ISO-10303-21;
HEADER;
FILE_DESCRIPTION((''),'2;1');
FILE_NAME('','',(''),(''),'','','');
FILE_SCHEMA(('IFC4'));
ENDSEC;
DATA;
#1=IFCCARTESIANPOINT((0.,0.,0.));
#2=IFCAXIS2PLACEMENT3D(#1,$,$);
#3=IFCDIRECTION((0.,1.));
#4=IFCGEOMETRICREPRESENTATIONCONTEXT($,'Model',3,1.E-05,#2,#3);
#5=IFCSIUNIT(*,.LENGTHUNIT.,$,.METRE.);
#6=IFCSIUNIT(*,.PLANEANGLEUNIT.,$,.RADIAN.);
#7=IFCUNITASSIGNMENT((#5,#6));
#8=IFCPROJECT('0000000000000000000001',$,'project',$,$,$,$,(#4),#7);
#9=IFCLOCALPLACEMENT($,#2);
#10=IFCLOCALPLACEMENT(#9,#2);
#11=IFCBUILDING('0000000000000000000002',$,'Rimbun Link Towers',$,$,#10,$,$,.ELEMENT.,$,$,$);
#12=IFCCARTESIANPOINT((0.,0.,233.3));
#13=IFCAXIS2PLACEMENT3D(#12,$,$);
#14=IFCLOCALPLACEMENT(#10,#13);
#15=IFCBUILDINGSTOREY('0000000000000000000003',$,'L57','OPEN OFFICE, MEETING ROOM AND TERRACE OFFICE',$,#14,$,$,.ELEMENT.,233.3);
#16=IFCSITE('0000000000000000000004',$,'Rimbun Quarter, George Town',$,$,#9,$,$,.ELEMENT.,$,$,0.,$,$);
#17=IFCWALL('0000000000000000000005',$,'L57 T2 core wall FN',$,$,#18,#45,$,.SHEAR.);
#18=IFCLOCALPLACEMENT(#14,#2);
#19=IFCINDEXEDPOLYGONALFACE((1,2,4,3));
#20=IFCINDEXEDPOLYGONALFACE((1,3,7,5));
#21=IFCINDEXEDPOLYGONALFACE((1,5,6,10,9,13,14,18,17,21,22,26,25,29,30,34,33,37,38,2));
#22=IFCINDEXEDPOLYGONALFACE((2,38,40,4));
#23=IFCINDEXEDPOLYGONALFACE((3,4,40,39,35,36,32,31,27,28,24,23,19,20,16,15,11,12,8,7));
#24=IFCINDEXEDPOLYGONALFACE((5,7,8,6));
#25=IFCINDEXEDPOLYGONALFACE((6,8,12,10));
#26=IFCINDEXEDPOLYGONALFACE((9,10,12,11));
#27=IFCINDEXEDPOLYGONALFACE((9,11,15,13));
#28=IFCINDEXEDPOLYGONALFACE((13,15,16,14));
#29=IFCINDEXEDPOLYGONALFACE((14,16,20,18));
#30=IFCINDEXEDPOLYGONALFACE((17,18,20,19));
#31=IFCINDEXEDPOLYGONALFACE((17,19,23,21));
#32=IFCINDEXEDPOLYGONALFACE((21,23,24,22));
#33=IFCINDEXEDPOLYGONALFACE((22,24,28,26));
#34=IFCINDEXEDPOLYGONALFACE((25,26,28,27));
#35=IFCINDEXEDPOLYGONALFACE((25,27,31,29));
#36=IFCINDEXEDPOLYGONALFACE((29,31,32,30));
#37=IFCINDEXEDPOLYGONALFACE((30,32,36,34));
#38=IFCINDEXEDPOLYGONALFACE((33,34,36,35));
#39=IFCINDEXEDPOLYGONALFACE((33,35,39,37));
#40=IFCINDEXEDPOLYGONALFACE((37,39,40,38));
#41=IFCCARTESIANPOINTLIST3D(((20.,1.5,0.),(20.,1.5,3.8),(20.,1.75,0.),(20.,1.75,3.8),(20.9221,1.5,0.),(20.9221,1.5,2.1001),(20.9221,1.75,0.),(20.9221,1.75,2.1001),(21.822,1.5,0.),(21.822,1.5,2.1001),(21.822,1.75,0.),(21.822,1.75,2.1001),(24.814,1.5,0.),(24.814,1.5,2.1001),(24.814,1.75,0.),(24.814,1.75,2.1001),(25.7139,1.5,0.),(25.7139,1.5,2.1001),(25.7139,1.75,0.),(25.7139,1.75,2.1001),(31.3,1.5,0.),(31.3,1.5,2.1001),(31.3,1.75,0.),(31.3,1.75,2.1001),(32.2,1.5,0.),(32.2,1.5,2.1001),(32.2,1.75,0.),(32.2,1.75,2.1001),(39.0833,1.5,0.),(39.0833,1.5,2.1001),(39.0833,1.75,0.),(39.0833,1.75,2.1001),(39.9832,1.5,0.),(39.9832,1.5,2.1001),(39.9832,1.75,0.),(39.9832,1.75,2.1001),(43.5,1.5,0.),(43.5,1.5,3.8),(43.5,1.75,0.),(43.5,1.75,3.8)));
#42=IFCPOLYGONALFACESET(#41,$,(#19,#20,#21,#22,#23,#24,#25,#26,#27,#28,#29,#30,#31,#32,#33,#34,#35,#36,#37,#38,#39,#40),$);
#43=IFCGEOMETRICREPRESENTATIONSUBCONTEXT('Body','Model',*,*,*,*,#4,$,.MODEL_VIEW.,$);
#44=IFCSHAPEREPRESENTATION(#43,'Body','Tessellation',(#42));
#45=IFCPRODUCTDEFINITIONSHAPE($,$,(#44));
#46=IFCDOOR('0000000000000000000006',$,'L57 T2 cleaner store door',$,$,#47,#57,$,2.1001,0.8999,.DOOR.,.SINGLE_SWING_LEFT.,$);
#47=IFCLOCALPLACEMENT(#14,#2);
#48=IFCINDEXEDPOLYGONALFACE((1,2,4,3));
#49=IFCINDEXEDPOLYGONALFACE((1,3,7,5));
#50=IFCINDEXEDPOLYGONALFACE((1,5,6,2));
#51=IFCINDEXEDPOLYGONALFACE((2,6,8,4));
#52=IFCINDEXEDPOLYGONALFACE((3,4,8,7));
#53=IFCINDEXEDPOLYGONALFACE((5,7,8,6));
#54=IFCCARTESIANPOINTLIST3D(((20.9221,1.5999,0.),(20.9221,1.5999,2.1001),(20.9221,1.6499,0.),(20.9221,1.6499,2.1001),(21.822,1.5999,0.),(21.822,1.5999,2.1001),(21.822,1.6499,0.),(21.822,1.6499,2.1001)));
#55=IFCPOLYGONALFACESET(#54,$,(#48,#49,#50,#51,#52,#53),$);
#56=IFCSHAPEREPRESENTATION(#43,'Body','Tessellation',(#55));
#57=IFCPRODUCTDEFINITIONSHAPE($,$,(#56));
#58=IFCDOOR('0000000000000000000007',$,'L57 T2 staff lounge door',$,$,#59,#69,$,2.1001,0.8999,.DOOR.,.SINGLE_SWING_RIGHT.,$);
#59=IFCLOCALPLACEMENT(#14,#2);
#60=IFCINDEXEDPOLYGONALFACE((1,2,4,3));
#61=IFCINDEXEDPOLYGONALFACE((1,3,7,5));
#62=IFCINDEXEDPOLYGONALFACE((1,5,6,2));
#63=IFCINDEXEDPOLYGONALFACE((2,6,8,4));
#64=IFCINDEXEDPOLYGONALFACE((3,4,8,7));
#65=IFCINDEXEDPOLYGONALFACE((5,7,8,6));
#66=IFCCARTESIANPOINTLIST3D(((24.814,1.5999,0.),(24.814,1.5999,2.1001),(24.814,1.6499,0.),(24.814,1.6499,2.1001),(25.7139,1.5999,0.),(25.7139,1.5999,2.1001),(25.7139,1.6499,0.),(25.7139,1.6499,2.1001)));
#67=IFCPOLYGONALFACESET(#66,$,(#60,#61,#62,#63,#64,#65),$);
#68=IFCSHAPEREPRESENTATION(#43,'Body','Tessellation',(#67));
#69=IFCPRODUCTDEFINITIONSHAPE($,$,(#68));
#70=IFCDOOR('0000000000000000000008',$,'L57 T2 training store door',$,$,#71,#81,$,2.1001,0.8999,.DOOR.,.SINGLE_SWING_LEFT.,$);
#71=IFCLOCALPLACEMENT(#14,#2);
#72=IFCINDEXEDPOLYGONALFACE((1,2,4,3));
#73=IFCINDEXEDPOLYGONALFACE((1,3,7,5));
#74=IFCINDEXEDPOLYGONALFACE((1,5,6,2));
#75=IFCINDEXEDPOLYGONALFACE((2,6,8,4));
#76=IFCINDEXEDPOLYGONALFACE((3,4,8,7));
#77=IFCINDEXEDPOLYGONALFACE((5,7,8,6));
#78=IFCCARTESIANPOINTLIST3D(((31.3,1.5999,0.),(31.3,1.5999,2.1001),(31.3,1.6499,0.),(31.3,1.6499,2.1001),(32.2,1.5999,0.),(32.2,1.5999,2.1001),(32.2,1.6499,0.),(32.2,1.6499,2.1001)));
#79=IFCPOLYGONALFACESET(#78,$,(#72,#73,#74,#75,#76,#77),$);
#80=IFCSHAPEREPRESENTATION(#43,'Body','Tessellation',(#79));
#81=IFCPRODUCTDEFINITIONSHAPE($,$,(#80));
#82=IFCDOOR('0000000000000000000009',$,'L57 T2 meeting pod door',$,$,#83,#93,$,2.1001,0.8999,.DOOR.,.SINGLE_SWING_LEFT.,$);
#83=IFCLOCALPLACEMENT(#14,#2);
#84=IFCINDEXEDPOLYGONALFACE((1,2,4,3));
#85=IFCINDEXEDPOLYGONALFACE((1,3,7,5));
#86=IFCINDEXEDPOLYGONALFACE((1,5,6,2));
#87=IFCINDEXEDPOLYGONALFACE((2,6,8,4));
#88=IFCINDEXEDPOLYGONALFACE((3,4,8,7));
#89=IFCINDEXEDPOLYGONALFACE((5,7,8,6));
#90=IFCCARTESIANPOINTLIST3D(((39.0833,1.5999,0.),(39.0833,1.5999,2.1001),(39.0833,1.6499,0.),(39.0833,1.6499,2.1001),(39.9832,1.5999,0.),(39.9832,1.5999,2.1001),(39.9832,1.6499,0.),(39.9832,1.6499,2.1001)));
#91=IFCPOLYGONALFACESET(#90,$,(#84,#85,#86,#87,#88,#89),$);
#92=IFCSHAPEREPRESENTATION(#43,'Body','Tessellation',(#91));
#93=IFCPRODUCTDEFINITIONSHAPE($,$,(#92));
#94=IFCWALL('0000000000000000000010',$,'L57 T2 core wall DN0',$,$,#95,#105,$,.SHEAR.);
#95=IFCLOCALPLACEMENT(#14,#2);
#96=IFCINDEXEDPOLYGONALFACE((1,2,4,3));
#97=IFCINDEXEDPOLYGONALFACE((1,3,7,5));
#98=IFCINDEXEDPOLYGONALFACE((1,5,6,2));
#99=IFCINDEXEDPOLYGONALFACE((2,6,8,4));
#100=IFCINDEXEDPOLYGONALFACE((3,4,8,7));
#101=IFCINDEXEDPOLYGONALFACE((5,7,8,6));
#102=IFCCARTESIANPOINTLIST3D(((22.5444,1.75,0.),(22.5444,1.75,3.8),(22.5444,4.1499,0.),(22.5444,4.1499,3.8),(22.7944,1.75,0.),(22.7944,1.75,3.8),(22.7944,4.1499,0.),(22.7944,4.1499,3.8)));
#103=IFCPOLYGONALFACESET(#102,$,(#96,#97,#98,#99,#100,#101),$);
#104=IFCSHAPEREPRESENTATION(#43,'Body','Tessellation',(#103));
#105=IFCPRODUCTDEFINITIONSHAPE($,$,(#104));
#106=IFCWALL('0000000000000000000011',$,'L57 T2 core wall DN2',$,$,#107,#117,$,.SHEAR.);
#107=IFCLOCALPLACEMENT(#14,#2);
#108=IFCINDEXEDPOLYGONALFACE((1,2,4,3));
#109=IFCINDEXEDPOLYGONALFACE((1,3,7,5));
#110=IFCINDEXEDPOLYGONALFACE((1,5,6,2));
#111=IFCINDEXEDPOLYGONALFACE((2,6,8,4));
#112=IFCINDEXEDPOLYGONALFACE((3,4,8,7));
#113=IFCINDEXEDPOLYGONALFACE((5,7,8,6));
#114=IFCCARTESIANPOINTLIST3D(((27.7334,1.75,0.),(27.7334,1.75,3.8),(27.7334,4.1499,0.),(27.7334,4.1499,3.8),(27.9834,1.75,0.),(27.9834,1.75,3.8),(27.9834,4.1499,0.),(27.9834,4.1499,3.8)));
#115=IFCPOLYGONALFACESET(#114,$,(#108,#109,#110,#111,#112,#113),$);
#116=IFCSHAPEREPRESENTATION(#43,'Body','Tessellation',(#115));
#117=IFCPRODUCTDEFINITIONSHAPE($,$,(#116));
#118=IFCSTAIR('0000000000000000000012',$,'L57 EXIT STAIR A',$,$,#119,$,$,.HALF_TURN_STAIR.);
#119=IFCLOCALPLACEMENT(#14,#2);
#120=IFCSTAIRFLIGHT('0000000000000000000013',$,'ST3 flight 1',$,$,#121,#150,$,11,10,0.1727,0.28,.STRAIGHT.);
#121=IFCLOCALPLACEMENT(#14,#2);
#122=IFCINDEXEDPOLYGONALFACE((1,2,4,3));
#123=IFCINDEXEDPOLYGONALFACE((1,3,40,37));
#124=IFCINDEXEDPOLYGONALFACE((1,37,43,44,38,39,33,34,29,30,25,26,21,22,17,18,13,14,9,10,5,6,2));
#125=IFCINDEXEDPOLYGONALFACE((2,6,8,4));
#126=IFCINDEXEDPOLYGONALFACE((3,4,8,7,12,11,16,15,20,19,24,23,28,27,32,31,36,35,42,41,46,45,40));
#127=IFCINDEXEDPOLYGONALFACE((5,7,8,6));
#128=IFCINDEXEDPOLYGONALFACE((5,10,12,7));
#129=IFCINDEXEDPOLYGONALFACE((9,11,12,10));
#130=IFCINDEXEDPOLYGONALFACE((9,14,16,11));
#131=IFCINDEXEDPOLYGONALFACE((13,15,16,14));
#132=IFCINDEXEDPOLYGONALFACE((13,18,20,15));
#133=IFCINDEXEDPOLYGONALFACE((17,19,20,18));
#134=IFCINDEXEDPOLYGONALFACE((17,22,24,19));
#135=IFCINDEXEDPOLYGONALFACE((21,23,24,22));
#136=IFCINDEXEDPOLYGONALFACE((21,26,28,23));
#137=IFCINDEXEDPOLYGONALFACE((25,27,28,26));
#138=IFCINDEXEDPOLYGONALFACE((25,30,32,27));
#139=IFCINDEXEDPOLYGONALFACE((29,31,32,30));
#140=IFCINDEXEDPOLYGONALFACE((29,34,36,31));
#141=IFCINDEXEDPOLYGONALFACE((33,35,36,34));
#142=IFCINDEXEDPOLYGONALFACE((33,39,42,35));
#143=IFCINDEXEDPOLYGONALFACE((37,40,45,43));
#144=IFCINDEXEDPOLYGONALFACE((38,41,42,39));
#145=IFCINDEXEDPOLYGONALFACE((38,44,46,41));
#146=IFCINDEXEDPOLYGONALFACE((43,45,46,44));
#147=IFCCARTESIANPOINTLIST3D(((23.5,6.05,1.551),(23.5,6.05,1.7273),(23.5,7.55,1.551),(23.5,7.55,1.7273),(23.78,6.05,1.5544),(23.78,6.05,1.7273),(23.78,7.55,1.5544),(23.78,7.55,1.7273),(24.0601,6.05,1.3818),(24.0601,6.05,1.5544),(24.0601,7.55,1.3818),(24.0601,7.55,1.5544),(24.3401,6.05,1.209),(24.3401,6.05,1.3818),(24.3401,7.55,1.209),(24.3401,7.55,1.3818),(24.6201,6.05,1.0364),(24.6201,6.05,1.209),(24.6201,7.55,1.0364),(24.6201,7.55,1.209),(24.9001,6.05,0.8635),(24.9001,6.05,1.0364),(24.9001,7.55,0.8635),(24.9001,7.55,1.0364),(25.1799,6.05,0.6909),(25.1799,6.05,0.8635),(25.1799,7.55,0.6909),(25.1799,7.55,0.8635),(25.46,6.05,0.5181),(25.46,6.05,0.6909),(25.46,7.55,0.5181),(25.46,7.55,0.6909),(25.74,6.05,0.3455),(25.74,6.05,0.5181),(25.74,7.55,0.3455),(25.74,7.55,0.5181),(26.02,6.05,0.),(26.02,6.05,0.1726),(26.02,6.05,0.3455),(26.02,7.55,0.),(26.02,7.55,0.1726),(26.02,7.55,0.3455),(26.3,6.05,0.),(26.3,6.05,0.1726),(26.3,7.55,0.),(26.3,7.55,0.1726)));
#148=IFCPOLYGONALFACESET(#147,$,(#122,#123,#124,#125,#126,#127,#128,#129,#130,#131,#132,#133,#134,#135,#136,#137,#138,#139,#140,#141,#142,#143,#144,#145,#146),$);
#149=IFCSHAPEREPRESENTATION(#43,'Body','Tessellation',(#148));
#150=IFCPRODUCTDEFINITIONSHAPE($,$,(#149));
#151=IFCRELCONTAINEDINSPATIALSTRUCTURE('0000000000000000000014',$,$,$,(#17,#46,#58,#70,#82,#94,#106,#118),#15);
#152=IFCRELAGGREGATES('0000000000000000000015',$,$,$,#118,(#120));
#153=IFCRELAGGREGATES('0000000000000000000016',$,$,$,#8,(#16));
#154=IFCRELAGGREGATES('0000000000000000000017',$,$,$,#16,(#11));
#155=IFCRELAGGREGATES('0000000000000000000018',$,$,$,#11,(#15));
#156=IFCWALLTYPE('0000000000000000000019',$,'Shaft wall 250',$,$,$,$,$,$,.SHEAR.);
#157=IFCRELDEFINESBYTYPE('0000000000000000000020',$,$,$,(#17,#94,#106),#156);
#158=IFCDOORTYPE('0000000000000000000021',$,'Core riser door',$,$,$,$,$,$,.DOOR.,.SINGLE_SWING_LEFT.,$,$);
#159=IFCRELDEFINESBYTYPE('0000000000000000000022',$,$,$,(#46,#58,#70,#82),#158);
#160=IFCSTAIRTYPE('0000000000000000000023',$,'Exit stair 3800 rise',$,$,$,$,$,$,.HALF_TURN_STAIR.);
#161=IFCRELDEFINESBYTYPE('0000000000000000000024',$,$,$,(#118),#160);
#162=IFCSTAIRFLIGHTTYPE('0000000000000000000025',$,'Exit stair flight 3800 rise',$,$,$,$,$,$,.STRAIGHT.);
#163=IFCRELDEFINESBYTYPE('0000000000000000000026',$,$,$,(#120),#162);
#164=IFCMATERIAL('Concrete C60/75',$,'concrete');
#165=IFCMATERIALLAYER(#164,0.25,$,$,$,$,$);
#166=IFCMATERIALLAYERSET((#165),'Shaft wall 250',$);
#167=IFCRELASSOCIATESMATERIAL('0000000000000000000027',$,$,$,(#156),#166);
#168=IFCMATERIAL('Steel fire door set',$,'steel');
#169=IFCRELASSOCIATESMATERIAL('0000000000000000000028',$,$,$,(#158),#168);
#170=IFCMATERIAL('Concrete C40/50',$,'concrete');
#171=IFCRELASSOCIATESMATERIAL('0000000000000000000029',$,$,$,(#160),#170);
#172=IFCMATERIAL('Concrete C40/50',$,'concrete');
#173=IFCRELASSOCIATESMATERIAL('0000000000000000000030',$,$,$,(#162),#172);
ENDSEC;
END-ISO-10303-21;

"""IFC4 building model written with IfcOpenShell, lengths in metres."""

from ifc_helpers import new_model, si_unit, direction, frame, frame_2d, origin, place, context, subcontext, project, spatial, polyline, rectangle, outline, extrude, material, layer, layer_set, type_object, element, fill, aggregate, save


model = new_model("IFC4")

# Units and contexts
model_context = context("Model", 3, precision=1e-05, world=origin(), true_north=direction((0.0, 1.0)))
body_context = subcontext(model_context, "Body", "Model", "MODEL_VIEW")
ifc_project = project(units=[si_unit("LENGTHUNIT", "METRE"), si_unit("PLANEANGLEUNIT", "RADIAN")], contexts=[model_context])

# Site, building, storey
site_placement = place(None, origin())
site = spatial("IfcSite", under=ifc_project, at=site_placement, Name="Rimbun Quarter, George Town", CompositionType="ELEMENT", RefElevation=0.0)
building_placement = place(site_placement, origin())
building = spatial("IfcBuilding", under=site, at=building_placement, Name="Rimbun Link Towers", CompositionType="ELEMENT")
storey_placement = place(building_placement, frame((0.0, 0.0, 233.3)))
storey = spatial("IfcBuildingStorey", under=building, at=storey_placement, Name="L57", Description="OPEN OFFICE, MEETING ROOM AND TERRACE OFFICE", CompositionType="ELEMENT", Elevation=233.3)

# Shared definitions
ifc_material_1 = material(Name="Concrete C60/75", Category="concrete")
ifc_layer = layer(ifc_material_1, 0.25)
ifc_layer_set = layer_set([ifc_layer], Name="Shaft wall 250")
wall_type = type_object("IfcWallType", Name="Shaft wall 250", PredefinedType="SHEAR", material=ifc_layer_set)

# Wall, openings, doors
wall_1_placement = place(storey_placement, frame((20.0, 1.625, 0.0), z_axis=(0.0, 0.0, 1.0), x_axis=(1.0, 0.0, 0.0)))
wall_1 = element("IfcWall", 1, at=wall_1_placement, inside=storey, type_object=wall_type, Name="L57 T2 core wall FN", PredefinedType="SHEAR", context=body_context, shape_type="SweptSolid", body=[
    extrude(rectangle(XDim=23.5, YDim=0.25, at=frame_2d((11.75, 0.0))), origin(), (0.0, 0.0, 1.0), 3.8),
])
opening_1_placement = place(wall_1_placement, frame((0.9221, 0.0, 0.0)))
opening_1 = element("IfcOpeningElement", 2, at=opening_1_placement, cuts=wall_1, PredefinedType="OPENING", context=body_context, shape_type="SweptSolid", body=[
    extrude(rectangle(XDim=0.8999, YDim=2.1001, at=frame_2d((0.45, 1.05))), frame((0.0, 0.135, 0.0), z_axis=(0.0, -1.0, 0.0), x_axis=(1.0, 0.0, 0.0)), (0.0, 0.0, 1.0), 0.27),
])
opening_2_placement = place(wall_1_placement, frame((4.814, 0.0, 0.0)))
opening_2 = element("IfcOpeningElement", 3, at=opening_2_placement, cuts=wall_1, PredefinedType="OPENING", context=body_context, shape_type="SweptSolid", body=[
    extrude(rectangle(XDim=0.8999, YDim=2.1001, at=frame_2d((0.45, 1.05))), frame((0.0, 0.135, 0.0), z_axis=(0.0, -1.0, 0.0), x_axis=(1.0, 0.0, 0.0)), (0.0, 0.0, 1.0), 0.27),
])
opening_3_placement = place(wall_1_placement, frame((11.3, 0.0, 0.0)))
opening_3 = element("IfcOpeningElement", 4, at=opening_3_placement, cuts=wall_1, PredefinedType="OPENING", context=body_context, shape_type="SweptSolid", body=[
    extrude(rectangle(XDim=0.8999, YDim=2.1001, at=frame_2d((0.45, 1.05))), frame((0.0, 0.135, 0.0), z_axis=(0.0, -1.0, 0.0), x_axis=(1.0, 0.0, 0.0)), (0.0, 0.0, 1.0), 0.27),
])
opening_4_placement = place(wall_1_placement, frame((19.0833, 0.0, 0.0)))
opening_4 = element("IfcOpeningElement", 5, at=opening_4_placement, cuts=wall_1, PredefinedType="OPENING", context=body_context, shape_type="SweptSolid", body=[
    extrude(rectangle(XDim=0.8999, YDim=2.1001, at=frame_2d((0.45, 1.05))), frame((0.0, 0.135, 0.0), z_axis=(0.0, -1.0, 0.0), x_axis=(1.0, 0.0, 0.0)), (0.0, 0.0, 1.0), 0.27),
])
ifc_material_2 = material(Name="Steel fire door set", Category="steel")
door_type = type_object("IfcDoorType", Name="Core riser door", OperationType="SINGLE_SWING_LEFT", PredefinedType="DOOR", material=ifc_material_2)
door_1_placement = place(opening_1_placement, origin())
door_1 = element("IfcDoor", 6, at=door_1_placement, inside=storey, type_object=door_type, Name="L57 T2 cleaner store door", OperationType="SINGLE_SWING_LEFT", OverallHeight=2.1001, OverallWidth=0.8999, PredefinedType="DOOR", context=body_context, shape_type="SweptSolid", body=[
    extrude(rectangle(XDim=0.8999, YDim=2.1001, at=frame_2d((0.45, 1.05))), frame((0.0, 0.0249, 0.0), z_axis=(0.0, -1.0, 0.0), x_axis=(1.0, 0.0, 0.0)), (0.0, 0.0, 1.0), 0.05),
])
fill(opening_1, door_1)
door_2_placement = place(opening_2_placement, origin())
door_2 = element("IfcDoor", 7, at=door_2_placement, inside=storey, type_object=door_type, Name="L57 T2 staff lounge door", OperationType="SINGLE_SWING_RIGHT", OverallHeight=2.1001, OverallWidth=0.8999, PredefinedType="DOOR", context=body_context, shape_type="SweptSolid", body=[
    extrude(rectangle(XDim=0.8999, YDim=2.1001, at=frame_2d((0.45, 1.05))), frame((0.0, 0.0249, 0.0), z_axis=(0.0, -1.0, 0.0), x_axis=(1.0, 0.0, 0.0)), (0.0, 0.0, 1.0), 0.05),
])
fill(opening_2, door_2)
door_3_placement = place(opening_3_placement, origin())
door_3 = element("IfcDoor", 8, at=door_3_placement, inside=storey, type_object=door_type, Name="L57 T2 training store door", OperationType="SINGLE_SWING_LEFT", OverallHeight=2.1001, OverallWidth=0.8999, PredefinedType="DOOR", context=body_context, shape_type="SweptSolid", body=[
    extrude(rectangle(XDim=0.8999, YDim=2.1001, at=frame_2d((0.45, 1.05))), frame((0.0, 0.0249, 0.0), z_axis=(0.0, -1.0, 0.0), x_axis=(1.0, 0.0, 0.0)), (0.0, 0.0, 1.0), 0.05),
])
fill(opening_3, door_3)
door_4_placement = place(opening_4_placement, origin())
door_4 = element("IfcDoor", 9, at=door_4_placement, inside=storey, type_object=door_type, Name="L57 T2 meeting pod door", OperationType="SINGLE_SWING_LEFT", OverallHeight=2.1001, OverallWidth=0.8999, PredefinedType="DOOR", context=body_context, shape_type="SweptSolid", body=[
    extrude(rectangle(XDim=0.8999, YDim=2.1001, at=frame_2d((0.45, 1.05))), frame((0.0, 0.0249, 0.0), z_axis=(0.0, -1.0, 0.0), x_axis=(1.0, 0.0, 0.0)), (0.0, 0.0, 1.0), 0.05),
])
fill(opening_4, door_4)

# Walls
for number, where, z_axis, x_axis, name in (
    (10, (22.6694, 1.75, 0.0), (0.0, 0.0, 1.0), (0.0, 1.0, 0.0), "L57 T2 core wall DN0"),
    (11, (27.8584, 1.75, 0.0), (0.0, 0.0, 1.0), (0.0, 1.0, 0.0), "L57 T2 core wall DN2"),
):
    element("IfcWall", number, at=place(storey_placement, frame(where, z_axis=z_axis, x_axis=x_axis)), inside=storey, type_object=wall_type, Name=name, PredefinedType="SHEAR", context=body_context, shape_type="SweptSolid", body=[
        extrude(rectangle(XDim=2.3999, YDim=0.25, at=frame_2d((1.2, 0.0))), origin(), (0.0, 0.0, 1.0), 3.8),
    ])

# Stair, stair flight
ifc_material_3 = material(Name="Concrete C40/50", Category="concrete")
stair_type = type_object("IfcStairType", Name="Exit stair 3800 rise", PredefinedType="HALF_TURN_STAIR", material=ifc_material_3)
stair_placement = place(storey_placement, origin())
stair = element("IfcStair", 12, at=stair_placement, inside=storey, type_object=stair_type, Name="L57 EXIT STAIR A", PredefinedType="HALF_TURN_STAIR")
ifc_material_4 = material(Name="Concrete C40/50", Category="concrete")
stair_flight_type = type_object("IfcStairFlightType", Name="Exit stair flight 3800 rise", PredefinedType="STRAIGHT", material=ifc_material_4)
stair_flight_1_placement = place(storey_placement, frame((26.3, 6.8, 0.0), z_axis=(0.0, 0.0, 1.0), x_axis=(-1.0, 0.0, 0.0)))
stair_flight_1 = element("IfcStairFlight", 13, at=stair_flight_1_placement, type_object=stair_flight_type, Name="ST3 flight 1", NumberOfRisers=11, NumberOfTreads=10, PredefinedType="STRAIGHT", RiserHeight=0.1727, TreadLength=0.28, context=body_context, shape_type="SweptSolid", body=[
    extrude(outline(polyline([(0.0, 0.0), (0.0, 0.1726), (0.28, 0.1726), (0.28, 0.3455), (0.5601, 0.3455), (0.5601, 0.5181), (0.8401, 0.5181), (0.8401, 0.6909), (1.1201, 0.6909), (1.1201, 0.8635), (1.3999, 0.8635), (1.3999, 1.0364), (1.6799, 1.0364), (1.6799, 1.209), (1.96, 1.209), (1.96, 1.3818), (2.24, 1.3818), (2.24, 1.5544), (2.52, 1.5544), (2.52, 1.7273), (2.8, 1.7273), (2.8, 1.8999), (2.8, 1.551), (0.28, 0.0), (0.0, 0.0)])), frame((0.0, 0.75, 0.0), z_axis=(0.0, -1.0, 0.0), x_axis=(1.0, 0.0, 0.0)), (0.0, 0.0, 1.0), 1.5),
])
aggregate(stair, [stair_flight_1])

save(model, "model.ifc")
